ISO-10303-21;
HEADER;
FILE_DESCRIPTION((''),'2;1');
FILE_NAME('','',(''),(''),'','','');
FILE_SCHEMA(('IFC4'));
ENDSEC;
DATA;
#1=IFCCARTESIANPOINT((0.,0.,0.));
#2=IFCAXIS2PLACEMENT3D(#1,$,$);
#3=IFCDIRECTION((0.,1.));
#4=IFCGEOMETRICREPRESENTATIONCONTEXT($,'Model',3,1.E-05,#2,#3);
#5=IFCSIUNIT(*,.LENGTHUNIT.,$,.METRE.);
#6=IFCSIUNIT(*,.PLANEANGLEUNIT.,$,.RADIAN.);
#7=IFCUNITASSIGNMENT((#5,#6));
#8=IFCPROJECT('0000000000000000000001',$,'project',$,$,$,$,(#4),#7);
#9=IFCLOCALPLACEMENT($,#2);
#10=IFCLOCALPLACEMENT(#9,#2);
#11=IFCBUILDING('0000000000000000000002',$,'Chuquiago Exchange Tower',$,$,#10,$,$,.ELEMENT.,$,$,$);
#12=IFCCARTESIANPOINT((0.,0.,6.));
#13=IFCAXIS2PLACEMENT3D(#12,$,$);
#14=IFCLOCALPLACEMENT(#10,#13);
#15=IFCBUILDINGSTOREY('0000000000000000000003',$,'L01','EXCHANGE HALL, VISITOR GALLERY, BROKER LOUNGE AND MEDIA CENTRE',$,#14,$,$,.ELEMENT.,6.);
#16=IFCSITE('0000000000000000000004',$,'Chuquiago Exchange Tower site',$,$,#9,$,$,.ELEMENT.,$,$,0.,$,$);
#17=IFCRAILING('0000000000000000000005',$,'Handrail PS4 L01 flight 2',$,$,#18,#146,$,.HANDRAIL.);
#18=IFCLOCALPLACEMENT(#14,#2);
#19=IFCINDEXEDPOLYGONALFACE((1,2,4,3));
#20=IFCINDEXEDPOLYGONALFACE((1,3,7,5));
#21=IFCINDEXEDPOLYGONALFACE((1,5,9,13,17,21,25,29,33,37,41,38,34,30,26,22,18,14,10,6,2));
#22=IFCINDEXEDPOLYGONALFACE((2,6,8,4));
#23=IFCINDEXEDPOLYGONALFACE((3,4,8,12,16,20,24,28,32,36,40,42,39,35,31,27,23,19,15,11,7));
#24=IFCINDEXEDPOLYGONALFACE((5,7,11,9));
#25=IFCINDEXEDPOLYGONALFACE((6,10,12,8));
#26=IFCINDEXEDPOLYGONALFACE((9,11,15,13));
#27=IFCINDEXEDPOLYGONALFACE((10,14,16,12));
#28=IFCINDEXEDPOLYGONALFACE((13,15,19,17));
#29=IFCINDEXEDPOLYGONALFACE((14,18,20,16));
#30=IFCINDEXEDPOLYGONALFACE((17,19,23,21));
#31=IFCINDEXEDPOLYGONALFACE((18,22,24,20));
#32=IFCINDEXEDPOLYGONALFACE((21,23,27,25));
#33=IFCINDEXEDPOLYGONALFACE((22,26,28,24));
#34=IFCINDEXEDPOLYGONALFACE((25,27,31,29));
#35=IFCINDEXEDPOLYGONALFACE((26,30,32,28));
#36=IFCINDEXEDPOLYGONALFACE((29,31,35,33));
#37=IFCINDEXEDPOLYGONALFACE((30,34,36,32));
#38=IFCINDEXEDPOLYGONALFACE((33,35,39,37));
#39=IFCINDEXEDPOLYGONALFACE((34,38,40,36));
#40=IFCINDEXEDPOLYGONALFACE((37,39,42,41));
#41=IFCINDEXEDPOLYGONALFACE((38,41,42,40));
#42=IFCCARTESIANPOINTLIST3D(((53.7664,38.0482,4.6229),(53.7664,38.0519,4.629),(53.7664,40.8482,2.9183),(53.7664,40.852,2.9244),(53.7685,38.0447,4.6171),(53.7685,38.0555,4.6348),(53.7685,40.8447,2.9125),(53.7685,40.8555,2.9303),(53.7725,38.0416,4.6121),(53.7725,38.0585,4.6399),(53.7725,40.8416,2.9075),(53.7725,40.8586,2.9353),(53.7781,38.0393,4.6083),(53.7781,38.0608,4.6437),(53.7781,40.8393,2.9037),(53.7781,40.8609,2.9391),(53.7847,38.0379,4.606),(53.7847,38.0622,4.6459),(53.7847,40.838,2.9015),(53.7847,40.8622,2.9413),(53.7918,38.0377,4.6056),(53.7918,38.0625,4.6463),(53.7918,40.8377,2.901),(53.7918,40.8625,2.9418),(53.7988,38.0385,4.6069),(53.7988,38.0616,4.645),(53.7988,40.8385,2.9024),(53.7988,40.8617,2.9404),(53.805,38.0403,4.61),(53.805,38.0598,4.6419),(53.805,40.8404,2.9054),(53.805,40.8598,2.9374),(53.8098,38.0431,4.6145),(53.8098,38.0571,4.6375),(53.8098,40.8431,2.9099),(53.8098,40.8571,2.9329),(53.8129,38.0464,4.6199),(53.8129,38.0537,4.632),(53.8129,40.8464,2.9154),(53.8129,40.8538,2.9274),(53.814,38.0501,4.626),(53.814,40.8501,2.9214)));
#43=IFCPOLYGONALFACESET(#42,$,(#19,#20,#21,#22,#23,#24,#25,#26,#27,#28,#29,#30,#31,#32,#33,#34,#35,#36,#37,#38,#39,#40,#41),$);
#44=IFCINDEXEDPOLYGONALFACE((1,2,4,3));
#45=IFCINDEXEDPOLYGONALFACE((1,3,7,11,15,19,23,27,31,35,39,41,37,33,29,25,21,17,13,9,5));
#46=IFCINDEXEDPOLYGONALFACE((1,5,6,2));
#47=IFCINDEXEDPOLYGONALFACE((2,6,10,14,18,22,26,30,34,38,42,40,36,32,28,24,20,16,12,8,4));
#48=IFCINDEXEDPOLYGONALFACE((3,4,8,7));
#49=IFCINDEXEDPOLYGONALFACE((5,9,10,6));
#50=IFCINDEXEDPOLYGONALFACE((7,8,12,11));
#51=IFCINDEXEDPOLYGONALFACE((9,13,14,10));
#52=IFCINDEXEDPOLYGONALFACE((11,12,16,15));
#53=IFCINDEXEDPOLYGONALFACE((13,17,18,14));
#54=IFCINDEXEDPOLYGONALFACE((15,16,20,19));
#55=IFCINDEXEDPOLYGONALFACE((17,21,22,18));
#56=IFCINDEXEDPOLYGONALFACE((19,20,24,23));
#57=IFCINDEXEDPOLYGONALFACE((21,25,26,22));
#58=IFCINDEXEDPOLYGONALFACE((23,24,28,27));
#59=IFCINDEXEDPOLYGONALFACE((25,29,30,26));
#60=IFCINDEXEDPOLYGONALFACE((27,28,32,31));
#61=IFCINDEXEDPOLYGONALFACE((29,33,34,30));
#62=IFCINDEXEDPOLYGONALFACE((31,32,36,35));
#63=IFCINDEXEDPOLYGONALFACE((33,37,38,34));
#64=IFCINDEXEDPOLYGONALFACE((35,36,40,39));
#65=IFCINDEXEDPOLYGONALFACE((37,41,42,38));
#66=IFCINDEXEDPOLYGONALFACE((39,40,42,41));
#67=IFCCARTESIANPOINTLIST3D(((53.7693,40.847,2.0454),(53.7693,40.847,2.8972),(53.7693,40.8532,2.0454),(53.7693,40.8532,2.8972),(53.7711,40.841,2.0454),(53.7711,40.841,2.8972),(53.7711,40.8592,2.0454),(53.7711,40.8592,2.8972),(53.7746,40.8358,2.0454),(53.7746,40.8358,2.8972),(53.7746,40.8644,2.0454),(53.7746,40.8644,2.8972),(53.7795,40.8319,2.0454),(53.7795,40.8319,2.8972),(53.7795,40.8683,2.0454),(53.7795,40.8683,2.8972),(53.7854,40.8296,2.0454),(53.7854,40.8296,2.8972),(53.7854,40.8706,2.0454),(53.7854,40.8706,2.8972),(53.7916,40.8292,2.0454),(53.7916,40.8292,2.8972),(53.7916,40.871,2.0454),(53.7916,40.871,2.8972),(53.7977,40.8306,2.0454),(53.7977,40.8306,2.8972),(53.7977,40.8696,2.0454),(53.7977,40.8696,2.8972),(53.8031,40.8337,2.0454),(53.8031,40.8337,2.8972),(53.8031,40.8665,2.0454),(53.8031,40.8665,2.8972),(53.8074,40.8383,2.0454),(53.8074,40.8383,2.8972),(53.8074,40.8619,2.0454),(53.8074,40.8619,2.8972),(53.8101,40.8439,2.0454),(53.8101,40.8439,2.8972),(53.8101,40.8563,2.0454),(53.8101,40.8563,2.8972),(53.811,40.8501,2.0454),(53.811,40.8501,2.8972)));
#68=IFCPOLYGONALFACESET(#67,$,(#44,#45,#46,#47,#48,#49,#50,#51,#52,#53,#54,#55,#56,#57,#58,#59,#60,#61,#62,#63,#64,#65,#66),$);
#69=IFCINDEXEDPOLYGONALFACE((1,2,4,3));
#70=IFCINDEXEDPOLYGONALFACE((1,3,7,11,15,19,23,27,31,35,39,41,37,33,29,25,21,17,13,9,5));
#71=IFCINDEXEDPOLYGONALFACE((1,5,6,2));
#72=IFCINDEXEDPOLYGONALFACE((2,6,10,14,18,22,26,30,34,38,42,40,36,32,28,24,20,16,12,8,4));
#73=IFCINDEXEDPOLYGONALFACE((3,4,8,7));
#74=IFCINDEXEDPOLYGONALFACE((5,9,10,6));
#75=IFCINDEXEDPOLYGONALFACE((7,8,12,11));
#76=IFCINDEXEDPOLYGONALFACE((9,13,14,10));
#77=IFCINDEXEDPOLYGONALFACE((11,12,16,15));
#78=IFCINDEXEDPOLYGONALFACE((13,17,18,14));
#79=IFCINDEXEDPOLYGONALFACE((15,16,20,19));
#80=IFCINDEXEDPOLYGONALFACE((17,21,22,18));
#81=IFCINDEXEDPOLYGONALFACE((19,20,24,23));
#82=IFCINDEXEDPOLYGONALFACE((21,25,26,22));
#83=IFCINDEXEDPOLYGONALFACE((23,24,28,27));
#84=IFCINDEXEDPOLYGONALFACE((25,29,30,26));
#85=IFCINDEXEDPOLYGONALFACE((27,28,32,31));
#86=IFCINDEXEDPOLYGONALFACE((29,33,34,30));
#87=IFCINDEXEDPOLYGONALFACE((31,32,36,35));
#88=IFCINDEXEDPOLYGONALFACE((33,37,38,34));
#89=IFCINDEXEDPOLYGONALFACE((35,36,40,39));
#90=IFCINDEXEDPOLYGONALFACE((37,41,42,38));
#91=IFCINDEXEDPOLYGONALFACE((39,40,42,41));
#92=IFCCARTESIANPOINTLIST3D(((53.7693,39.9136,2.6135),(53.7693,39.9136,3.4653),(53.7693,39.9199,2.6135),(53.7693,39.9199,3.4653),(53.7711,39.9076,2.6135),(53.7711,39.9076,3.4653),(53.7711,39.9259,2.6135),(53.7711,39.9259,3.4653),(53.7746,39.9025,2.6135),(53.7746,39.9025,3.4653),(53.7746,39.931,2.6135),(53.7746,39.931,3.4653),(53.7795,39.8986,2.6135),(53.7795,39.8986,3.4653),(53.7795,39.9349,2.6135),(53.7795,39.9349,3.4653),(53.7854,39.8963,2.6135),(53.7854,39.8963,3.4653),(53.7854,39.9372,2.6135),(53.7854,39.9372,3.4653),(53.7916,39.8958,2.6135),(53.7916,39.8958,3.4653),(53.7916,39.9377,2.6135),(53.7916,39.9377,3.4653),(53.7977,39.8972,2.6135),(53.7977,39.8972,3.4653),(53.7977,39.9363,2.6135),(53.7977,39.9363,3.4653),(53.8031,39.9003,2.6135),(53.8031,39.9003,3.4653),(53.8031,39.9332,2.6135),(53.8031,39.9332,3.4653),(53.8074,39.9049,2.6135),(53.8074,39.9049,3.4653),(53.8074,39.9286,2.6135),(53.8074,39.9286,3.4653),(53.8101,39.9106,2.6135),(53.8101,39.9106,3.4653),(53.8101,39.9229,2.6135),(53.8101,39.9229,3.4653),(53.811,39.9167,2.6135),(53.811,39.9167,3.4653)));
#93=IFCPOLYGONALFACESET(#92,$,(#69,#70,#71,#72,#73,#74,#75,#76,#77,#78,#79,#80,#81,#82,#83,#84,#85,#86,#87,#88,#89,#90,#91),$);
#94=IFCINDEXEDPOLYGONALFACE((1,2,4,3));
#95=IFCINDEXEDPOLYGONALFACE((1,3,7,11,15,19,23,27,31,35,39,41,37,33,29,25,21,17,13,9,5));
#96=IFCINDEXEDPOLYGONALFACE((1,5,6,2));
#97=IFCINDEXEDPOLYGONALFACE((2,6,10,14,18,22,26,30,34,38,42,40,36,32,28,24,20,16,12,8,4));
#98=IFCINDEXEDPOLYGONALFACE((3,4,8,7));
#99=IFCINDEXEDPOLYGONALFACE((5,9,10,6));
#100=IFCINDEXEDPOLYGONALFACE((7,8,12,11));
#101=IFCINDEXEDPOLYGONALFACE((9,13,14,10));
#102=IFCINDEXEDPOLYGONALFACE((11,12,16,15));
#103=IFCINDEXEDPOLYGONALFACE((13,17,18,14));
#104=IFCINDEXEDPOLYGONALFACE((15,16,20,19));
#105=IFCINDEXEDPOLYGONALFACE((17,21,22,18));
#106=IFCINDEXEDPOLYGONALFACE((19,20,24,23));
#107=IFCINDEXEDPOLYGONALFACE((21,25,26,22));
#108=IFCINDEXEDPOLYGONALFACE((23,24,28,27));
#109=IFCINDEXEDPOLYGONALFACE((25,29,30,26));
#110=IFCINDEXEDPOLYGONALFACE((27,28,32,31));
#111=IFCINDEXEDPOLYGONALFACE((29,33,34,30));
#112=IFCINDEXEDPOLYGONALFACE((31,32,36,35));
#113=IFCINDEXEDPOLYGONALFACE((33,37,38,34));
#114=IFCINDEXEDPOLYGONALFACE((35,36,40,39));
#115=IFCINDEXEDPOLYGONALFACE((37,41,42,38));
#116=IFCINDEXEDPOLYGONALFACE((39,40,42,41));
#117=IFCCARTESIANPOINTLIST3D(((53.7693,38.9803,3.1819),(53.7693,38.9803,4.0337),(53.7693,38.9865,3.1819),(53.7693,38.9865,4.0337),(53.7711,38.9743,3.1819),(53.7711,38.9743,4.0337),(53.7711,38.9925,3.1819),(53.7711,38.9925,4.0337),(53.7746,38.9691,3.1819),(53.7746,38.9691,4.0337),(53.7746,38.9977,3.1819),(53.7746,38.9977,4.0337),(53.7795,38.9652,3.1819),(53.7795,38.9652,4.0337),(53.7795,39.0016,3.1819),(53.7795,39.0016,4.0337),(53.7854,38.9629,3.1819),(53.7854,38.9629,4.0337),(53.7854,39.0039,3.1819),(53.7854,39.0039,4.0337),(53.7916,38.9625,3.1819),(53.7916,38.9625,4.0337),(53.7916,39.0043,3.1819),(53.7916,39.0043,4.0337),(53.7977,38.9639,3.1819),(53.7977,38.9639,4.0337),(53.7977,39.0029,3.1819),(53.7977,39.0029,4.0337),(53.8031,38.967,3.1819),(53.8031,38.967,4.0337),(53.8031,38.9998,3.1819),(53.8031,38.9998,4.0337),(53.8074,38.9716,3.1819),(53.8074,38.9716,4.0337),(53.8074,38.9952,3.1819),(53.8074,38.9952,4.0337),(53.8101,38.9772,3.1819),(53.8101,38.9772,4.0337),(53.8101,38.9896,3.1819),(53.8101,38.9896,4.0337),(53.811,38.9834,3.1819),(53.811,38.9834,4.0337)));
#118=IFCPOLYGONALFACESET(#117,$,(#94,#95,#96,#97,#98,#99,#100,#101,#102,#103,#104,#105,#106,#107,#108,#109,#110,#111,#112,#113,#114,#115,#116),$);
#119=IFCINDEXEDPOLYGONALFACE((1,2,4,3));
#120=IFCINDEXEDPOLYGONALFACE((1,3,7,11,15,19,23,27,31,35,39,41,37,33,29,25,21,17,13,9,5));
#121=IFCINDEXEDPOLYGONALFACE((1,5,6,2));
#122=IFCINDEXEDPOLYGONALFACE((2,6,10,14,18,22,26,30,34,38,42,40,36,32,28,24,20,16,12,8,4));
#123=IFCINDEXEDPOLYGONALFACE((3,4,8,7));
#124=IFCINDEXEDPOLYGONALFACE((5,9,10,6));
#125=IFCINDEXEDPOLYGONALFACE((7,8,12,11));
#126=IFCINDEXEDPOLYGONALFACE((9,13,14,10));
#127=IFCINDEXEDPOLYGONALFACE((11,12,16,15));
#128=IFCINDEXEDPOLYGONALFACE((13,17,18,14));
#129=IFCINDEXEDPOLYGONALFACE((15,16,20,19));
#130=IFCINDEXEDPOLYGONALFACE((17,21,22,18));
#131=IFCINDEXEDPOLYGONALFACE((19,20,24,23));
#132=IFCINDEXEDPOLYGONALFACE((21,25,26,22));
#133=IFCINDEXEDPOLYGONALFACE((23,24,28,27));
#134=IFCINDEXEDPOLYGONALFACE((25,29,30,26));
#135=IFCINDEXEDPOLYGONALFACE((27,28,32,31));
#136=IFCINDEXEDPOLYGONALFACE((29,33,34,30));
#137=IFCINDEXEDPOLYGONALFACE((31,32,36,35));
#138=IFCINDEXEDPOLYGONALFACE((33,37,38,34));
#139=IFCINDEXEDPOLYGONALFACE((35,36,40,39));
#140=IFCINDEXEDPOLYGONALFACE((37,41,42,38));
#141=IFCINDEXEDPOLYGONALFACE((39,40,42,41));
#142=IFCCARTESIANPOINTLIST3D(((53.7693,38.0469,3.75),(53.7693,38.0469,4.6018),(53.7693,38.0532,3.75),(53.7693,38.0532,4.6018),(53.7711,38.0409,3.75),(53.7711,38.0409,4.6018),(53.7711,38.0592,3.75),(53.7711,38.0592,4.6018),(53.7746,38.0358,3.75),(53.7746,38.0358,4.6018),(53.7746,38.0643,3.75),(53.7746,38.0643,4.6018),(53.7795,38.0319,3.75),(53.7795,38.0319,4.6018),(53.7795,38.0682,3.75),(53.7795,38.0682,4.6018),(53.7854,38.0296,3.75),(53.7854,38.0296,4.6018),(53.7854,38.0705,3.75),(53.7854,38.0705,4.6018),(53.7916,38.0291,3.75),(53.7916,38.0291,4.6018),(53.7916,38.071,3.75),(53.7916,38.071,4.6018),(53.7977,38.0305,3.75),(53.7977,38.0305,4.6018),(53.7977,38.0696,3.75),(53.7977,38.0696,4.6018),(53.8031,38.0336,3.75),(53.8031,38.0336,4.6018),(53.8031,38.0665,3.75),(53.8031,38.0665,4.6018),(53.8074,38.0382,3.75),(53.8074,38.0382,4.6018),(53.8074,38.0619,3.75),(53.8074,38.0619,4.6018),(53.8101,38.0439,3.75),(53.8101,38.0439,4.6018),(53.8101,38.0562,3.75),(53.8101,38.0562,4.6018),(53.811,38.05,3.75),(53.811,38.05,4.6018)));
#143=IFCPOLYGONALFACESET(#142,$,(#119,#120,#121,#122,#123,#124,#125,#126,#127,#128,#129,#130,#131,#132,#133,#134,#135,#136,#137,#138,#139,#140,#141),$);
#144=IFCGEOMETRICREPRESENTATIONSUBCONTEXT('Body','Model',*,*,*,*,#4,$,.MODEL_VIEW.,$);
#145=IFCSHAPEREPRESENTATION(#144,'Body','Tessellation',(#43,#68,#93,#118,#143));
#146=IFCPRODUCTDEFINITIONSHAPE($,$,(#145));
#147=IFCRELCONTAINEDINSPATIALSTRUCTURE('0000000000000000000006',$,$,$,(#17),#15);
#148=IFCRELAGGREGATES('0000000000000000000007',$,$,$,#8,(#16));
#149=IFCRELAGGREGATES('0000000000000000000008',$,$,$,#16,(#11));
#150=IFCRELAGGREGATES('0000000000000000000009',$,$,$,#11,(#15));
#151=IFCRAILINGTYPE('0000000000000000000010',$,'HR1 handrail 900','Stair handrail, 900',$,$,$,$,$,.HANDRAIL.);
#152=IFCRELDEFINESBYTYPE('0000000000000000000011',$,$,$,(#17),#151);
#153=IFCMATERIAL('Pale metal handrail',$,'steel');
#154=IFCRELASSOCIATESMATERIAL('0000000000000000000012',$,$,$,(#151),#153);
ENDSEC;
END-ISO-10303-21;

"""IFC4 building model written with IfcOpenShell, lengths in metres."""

from ifc_helpers import new_model, si_unit, direction, frame, origin, origin_2d, place, context, subcontext, project, spatial, circle, extrude, material, type_object, element, save


model = new_model("IFC4")

# Units and contexts
model_context = context("Model", 3, precision=1e-05, world=origin(), true_north=direction((0.0, 1.0)))
body_context = subcontext(model_context, "Body", "Model", "MODEL_VIEW")
ifc_project = project(units=[si_unit("LENGTHUNIT", "METRE"), si_unit("PLANEANGLEUNIT", "RADIAN")], contexts=[model_context])

# Site, building, storey
site_placement = place(None, origin())
site = spatial("IfcSite", under=ifc_project, at=site_placement, Name="Chuquiago Exchange Tower site", CompositionType="ELEMENT", RefElevation=0.0)
building_placement = place(site_placement, origin())
building = spatial("IfcBuilding", under=site, at=building_placement, Name="Chuquiago Exchange Tower", CompositionType="ELEMENT")
storey_placement = place(building_placement, frame((0.0, 0.0, 6.0)))
storey = spatial("IfcBuildingStorey", under=building, at=storey_placement, Name="L01", Description="EXCHANGE HALL, VISITOR GALLERY, BROKER LOUNGE AND MEDIA CENTRE", CompositionType="ELEMENT", Elevation=6.0)

# Railing
ifc_material_1 = material(Name="Pale metal handrail", Category="steel")
railing_type = type_object("IfcRailingType", Name="HR1 handrail 900", Description="Stair handrail, 900", PredefinedType="HANDRAIL", material=ifc_material_1)
for number, where, name in (
    (1, (53.79, 40.8501, 2.0454), "Handrail PS4 L01 flight 2"),
):
    element("IfcRailing", number, at=place(storey_placement, frame(where)), inside=storey, type_object=railing_type, Name=name, PredefinedType="HANDRAIL", context=body_context, shape_type="SweptSolid", body=[
        extrude(circle(Radius=0.0239, at=origin_2d()), frame((0.0, 0.0, 0.876), z_axis=(0.0, -0.85417, 0.519994), x_axis=(1.0, 0.0, 0.0)), (0.0, 0.0, 1.0), 3.2781),
        extrude(circle(Radius=0.021, at=origin_2d()), origin(), (0.0, 0.0, 1.0), 0.8518),
        extrude(circle(Radius=0.021, at=origin_2d()), frame((0.0, -0.9333, 0.5681)), (0.0, 0.0, 1.0), 0.8518),
        extrude(circle(Radius=0.021, at=origin_2d()), frame((0.0, -1.8667, 1.1365)), (0.0, 0.0, 1.0), 0.8518),
        extrude(circle(Radius=0.021, at=origin_2d()), frame((0.0, -2.8, 1.7046)), (0.0, 0.0, 1.0), 0.8518),
    ])

save(model, "model.ifc")
